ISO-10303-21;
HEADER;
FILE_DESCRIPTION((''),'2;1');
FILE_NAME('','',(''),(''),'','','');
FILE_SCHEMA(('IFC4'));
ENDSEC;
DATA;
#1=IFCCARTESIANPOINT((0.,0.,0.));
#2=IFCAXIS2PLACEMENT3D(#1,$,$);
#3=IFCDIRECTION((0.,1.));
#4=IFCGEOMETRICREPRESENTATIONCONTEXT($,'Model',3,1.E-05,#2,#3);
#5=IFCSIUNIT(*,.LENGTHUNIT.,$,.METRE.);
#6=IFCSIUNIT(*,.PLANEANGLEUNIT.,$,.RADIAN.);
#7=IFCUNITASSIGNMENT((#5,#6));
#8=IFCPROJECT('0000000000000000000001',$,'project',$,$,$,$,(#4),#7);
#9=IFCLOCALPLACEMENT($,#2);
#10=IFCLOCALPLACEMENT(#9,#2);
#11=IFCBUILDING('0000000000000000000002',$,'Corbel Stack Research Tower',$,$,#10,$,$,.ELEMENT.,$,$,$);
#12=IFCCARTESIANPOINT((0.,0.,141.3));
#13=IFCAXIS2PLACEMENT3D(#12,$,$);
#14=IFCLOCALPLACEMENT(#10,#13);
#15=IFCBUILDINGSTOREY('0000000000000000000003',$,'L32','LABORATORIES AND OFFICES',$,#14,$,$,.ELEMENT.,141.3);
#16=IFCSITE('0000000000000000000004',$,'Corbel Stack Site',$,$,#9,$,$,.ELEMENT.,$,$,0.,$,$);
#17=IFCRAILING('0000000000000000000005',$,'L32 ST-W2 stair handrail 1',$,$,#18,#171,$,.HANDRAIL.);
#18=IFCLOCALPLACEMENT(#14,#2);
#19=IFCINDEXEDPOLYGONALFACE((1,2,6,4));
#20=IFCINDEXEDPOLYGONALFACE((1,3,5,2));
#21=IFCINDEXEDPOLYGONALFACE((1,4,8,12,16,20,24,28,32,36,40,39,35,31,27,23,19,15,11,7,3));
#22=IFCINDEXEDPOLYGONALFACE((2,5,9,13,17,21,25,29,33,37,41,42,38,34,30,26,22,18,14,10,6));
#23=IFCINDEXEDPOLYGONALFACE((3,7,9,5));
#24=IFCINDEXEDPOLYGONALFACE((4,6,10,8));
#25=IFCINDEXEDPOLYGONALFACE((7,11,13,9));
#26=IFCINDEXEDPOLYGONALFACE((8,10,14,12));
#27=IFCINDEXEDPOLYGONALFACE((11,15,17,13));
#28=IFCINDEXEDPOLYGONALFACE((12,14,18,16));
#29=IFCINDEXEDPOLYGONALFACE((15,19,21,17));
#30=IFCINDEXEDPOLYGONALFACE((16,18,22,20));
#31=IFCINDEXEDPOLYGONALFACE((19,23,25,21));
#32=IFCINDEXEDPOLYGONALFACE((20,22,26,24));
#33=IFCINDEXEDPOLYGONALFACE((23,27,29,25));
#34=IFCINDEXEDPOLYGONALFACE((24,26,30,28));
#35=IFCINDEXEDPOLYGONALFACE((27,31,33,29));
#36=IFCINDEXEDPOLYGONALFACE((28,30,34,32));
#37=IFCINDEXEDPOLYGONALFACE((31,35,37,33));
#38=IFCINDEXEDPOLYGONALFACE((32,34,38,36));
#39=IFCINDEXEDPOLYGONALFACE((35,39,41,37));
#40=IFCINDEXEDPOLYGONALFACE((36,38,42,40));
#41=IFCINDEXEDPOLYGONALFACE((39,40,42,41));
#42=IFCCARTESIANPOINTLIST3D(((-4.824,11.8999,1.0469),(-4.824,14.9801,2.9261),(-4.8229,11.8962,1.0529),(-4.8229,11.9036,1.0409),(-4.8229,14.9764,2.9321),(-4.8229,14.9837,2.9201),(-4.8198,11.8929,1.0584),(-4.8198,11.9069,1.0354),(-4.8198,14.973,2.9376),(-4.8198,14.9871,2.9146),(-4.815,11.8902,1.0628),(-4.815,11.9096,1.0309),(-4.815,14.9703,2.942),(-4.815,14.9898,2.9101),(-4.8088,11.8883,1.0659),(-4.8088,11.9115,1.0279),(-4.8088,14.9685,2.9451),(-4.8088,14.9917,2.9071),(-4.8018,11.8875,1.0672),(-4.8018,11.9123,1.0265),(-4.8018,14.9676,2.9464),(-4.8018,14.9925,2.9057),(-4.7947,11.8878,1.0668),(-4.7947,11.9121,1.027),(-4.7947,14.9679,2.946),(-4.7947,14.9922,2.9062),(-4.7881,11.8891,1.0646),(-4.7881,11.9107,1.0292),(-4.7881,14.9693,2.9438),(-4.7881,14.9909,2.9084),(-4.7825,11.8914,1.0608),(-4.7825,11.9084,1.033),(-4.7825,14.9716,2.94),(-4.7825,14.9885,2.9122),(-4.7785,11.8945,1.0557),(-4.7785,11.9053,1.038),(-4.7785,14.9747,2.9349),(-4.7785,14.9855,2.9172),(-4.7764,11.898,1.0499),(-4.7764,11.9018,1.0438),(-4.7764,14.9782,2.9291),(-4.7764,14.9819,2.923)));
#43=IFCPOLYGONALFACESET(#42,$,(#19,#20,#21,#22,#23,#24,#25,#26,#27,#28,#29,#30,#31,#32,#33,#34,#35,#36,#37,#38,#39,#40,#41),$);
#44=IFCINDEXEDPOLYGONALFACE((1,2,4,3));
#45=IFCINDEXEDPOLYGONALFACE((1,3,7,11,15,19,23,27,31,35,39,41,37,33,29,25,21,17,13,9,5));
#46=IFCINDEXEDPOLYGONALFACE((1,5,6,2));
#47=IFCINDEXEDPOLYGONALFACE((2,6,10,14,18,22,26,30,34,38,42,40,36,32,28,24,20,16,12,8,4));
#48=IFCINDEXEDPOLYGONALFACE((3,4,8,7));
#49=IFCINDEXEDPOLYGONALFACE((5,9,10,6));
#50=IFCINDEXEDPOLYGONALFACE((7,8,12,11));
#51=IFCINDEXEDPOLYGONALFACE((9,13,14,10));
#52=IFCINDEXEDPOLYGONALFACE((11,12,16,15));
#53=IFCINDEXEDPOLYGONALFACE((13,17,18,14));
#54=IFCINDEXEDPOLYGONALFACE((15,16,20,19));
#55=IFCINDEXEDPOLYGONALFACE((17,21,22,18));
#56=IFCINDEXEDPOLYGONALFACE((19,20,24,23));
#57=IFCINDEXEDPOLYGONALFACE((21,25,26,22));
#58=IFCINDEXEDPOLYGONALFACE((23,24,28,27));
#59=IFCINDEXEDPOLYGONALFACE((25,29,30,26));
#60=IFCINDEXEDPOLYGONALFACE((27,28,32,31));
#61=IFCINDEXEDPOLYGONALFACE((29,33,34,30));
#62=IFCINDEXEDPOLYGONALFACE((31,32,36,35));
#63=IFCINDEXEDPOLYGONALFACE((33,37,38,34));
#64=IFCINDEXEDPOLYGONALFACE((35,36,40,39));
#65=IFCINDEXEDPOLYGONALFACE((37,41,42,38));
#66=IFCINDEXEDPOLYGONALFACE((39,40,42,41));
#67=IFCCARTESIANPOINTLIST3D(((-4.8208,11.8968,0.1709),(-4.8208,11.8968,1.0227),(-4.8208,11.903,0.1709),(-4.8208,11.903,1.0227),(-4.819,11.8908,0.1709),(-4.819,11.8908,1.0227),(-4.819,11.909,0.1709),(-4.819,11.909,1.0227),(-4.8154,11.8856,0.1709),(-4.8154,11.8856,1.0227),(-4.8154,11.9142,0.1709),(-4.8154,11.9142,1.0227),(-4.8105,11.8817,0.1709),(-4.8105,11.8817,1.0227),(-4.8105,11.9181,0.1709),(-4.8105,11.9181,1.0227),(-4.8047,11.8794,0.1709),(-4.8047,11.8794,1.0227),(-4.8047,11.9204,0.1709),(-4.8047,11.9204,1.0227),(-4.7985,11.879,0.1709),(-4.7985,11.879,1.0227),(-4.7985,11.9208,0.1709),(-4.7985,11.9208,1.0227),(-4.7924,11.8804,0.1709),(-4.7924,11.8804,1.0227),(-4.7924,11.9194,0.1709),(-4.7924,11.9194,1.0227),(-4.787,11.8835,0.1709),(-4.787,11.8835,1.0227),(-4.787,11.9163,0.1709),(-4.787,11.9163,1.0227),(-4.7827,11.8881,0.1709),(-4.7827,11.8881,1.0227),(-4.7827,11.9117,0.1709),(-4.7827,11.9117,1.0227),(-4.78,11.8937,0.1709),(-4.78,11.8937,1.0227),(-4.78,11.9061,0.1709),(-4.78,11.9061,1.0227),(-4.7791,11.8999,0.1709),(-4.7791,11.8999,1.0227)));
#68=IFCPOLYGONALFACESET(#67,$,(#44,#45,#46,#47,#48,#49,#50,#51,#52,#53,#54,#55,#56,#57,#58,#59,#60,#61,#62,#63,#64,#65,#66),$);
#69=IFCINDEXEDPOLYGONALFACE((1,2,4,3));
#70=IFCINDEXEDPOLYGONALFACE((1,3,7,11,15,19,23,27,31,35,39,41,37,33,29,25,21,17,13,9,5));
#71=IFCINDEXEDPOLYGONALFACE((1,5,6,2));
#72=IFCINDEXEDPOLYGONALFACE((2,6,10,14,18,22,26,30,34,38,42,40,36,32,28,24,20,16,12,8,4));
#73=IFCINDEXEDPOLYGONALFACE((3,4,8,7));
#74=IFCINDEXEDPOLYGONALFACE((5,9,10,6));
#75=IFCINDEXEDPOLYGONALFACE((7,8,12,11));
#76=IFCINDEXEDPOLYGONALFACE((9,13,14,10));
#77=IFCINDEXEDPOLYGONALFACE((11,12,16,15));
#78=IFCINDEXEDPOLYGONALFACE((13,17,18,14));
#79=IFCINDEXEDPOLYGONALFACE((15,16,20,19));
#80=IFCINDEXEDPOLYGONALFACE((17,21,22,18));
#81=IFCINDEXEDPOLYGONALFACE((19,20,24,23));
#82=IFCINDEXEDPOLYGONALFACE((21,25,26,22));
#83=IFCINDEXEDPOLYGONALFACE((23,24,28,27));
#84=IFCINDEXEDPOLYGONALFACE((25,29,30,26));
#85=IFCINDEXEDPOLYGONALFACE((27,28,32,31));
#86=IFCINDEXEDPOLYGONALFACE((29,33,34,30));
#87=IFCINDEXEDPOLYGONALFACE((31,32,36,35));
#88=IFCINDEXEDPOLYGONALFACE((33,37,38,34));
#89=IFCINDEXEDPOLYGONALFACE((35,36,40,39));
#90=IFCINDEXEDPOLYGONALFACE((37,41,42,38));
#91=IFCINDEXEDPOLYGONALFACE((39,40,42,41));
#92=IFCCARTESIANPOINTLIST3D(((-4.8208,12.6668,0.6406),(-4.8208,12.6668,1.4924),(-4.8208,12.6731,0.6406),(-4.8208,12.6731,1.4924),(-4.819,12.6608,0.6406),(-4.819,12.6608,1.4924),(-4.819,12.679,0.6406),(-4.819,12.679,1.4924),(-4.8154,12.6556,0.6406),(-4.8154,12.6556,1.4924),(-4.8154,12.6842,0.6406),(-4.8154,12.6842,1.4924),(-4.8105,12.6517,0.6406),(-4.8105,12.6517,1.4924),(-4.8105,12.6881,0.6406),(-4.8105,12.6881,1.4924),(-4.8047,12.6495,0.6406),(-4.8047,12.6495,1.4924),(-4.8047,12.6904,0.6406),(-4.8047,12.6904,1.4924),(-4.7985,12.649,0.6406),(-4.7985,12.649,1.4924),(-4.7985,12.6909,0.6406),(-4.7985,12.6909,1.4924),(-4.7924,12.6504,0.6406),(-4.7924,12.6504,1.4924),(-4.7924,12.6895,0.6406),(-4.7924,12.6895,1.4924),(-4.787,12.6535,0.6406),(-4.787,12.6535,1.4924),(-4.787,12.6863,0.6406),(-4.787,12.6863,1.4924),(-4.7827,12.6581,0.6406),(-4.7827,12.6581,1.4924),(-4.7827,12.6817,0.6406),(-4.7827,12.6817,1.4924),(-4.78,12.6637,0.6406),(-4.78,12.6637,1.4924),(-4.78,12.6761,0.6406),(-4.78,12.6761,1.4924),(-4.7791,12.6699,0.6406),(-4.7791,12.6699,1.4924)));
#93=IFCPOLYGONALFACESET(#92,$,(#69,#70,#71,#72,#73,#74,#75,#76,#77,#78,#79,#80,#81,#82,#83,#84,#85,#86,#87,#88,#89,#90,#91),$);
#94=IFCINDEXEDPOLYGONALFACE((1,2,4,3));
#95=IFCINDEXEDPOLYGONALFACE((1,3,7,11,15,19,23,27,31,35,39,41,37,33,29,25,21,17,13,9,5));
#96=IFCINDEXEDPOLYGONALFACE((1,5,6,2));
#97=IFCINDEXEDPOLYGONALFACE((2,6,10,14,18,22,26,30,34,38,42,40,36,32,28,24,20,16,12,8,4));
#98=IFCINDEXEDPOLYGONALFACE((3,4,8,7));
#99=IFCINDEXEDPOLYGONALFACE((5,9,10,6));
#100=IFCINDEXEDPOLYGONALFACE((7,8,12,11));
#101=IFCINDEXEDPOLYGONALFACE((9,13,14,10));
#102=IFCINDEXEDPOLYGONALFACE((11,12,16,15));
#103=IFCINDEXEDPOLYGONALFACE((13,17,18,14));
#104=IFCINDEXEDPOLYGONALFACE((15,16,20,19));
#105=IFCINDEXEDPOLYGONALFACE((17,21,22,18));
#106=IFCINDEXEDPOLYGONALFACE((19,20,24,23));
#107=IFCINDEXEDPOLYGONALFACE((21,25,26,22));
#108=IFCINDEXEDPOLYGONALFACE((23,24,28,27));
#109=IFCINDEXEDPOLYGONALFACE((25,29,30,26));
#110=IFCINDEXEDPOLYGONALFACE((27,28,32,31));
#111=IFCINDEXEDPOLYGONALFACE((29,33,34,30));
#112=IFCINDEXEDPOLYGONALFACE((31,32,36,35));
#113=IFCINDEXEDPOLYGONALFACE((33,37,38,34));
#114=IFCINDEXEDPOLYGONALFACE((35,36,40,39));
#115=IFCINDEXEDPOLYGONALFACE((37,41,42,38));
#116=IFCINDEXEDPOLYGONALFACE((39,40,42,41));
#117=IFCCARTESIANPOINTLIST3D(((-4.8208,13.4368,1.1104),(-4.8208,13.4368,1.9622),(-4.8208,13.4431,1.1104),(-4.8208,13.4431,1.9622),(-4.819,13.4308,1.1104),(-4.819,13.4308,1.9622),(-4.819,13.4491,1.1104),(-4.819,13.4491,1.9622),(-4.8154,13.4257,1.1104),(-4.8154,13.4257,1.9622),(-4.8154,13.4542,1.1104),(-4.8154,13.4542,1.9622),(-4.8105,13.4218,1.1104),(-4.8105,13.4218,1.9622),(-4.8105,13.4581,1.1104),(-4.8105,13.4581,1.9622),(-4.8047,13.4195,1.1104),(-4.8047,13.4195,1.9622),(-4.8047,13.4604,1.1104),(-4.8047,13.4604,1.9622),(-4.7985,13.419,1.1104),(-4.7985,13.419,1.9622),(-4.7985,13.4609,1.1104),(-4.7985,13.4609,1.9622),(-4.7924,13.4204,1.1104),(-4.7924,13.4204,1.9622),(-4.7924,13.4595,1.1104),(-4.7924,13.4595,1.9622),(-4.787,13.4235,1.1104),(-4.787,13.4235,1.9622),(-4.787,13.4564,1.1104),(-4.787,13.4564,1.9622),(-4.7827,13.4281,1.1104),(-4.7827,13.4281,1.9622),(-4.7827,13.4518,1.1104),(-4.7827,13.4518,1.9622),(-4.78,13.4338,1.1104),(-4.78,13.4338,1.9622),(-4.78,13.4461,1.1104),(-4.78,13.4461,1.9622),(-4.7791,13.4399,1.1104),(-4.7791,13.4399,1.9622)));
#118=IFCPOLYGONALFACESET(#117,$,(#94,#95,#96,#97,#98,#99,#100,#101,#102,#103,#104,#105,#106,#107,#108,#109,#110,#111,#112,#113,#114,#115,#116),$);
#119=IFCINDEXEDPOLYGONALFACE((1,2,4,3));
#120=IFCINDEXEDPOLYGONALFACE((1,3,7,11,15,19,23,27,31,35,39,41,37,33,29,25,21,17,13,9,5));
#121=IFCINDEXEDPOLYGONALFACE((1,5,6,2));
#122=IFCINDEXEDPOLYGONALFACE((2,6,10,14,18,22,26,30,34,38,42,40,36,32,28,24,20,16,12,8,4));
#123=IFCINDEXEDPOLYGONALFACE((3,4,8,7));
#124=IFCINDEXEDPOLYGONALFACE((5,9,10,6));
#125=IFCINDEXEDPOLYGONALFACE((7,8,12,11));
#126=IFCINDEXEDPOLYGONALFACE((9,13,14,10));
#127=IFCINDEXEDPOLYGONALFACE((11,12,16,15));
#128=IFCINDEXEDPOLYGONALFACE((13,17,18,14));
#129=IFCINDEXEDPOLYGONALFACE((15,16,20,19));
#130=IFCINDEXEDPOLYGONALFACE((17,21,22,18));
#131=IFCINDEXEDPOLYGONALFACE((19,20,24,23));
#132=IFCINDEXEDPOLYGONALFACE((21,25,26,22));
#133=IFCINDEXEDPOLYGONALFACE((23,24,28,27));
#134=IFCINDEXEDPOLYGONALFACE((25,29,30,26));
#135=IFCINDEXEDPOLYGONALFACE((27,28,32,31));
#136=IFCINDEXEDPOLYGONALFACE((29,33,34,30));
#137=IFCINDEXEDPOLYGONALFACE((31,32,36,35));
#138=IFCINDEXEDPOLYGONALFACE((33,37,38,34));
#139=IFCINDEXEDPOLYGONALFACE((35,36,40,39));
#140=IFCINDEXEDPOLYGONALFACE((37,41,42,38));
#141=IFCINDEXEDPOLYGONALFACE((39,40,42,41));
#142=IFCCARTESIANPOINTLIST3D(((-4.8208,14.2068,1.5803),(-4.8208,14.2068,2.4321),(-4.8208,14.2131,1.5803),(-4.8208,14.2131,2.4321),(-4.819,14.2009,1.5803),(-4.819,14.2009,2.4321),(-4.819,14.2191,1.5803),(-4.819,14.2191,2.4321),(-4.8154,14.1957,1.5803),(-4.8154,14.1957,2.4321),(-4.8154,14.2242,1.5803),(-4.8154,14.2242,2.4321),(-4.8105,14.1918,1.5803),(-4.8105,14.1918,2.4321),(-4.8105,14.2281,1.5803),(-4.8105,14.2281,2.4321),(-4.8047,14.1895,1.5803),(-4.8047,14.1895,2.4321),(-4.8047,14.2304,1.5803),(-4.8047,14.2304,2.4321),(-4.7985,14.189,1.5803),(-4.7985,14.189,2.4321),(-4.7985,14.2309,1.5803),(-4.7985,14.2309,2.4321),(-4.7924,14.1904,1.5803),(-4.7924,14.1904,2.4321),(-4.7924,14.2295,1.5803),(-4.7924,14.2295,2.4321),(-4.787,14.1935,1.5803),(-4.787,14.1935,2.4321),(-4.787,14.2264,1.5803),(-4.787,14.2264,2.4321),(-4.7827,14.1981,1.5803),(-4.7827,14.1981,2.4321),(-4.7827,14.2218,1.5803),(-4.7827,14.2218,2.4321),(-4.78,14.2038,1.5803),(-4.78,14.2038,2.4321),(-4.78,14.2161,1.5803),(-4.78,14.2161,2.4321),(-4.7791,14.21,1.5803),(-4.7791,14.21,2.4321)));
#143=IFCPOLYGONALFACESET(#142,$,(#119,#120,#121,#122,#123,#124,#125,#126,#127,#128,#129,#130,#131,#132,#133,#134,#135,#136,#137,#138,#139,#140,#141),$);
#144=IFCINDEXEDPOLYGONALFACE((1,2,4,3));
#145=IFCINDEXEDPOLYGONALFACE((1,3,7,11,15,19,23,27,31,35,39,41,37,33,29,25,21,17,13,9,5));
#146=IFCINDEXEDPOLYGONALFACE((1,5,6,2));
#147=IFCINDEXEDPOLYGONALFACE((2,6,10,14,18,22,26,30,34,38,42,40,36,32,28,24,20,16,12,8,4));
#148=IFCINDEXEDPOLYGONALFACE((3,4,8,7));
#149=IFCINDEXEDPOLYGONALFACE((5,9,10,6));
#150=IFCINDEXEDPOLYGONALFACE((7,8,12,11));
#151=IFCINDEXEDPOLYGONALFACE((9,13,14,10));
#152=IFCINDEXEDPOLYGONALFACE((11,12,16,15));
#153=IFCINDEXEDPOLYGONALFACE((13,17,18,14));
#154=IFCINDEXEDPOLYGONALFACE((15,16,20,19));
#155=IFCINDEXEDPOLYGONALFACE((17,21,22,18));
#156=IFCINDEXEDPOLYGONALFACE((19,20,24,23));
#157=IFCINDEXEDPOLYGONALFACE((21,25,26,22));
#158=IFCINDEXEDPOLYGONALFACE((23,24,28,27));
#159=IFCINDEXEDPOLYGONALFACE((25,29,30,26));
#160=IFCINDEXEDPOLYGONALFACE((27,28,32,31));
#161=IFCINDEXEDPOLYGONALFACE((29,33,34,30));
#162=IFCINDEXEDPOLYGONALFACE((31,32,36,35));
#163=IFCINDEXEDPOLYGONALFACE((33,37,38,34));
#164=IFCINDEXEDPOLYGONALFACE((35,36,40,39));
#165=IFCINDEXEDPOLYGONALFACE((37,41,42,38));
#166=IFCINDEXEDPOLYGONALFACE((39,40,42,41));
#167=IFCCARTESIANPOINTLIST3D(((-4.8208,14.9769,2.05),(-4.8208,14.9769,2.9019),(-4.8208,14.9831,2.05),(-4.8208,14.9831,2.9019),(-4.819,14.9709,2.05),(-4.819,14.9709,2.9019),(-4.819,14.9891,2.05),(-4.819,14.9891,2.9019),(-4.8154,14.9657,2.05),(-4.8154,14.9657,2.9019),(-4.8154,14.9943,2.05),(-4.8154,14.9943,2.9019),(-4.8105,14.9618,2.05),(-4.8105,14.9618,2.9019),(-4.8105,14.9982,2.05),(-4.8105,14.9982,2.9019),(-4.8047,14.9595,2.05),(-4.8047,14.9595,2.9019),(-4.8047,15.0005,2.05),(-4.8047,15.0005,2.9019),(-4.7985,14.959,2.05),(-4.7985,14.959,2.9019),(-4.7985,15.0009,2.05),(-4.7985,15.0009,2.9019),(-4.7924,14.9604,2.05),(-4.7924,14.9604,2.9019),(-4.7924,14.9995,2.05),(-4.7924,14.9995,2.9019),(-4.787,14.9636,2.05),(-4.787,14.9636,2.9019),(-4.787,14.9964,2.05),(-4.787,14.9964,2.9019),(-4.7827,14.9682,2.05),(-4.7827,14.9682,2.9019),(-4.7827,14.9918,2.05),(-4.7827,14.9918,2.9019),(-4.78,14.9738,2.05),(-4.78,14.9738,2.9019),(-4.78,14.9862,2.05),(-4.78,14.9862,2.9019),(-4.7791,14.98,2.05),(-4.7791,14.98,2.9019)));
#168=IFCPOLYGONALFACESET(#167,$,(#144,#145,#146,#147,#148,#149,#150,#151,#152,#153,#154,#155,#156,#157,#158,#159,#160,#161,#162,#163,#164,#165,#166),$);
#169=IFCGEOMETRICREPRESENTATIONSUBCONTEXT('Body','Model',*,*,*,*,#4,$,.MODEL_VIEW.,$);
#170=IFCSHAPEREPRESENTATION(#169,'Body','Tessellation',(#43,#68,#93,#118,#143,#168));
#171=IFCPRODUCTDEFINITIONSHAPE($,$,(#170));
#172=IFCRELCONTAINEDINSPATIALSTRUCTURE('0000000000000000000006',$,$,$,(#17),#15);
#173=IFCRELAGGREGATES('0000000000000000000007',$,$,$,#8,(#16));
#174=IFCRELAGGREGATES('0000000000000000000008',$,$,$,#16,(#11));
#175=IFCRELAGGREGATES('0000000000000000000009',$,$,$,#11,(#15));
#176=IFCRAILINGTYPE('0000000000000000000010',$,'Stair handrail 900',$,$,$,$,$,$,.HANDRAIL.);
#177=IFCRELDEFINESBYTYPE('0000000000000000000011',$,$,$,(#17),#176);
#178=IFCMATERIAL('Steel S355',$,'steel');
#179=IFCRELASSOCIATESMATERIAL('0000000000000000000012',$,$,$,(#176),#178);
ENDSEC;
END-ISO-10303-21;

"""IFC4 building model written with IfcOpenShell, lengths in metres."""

from ifc_helpers import new_model, si_unit, direction, frame, origin, origin_2d, place, context, subcontext, project, spatial, circle, extrude, material, type_object, element, save


model = new_model("IFC4")

# Units and contexts
model_context = context("Model", 3, precision=1e-05, world=origin(), true_north=direction((0.0, 1.0)))
body_context = subcontext(model_context, "Body", "Model", "MODEL_VIEW")
ifc_project = project(units=[si_unit("LENGTHUNIT", "METRE"), si_unit("PLANEANGLEUNIT", "RADIAN")], contexts=[model_context])

# Site, building, storey
site_placement = place(None, origin())
site = spatial("IfcSite", under=ifc_project, at=site_placement, Name="Corbel Stack Site", CompositionType="ELEMENT", RefElevation=0.0)
building_placement = place(site_placement, origin())
building = spatial("IfcBuilding", under=site, at=building_placement, Name="Corbel Stack Research Tower", CompositionType="ELEMENT")
storey_placement = place(building_placement, frame((0.0, 0.0, 141.3)))
storey = spatial("IfcBuildingStorey", under=building, at=storey_placement, Name="L32", Description="LABORATORIES AND OFFICES", CompositionType="ELEMENT", Elevation=141.3)

# Railing
ifc_material_1 = material(Name="Steel S355", Category="steel")
railing_type_1 = type_object("IfcRailingType", Name="Stair handrail 900", PredefinedType="HANDRAIL", material=ifc_material_1)
railing_1_placement = place(storey_placement, frame((-4.8, 11.8999, 0.1709)))
element("IfcRailing", 1, at=railing_1_placement, inside=storey, type_object=railing_type_1, Name="L32 ST-W2 stair handrail 1", PredefinedType="HANDRAIL", context=body_context, shape_type="SweptSolid", body=[
    extrude(circle(Radius=0.0239, at=origin_2d()), frame((0.0, 0.0, 0.876), z_axis=(0.0, 0.853666, 0.52082), x_axis=(-1.0, 0.0, 0.0)), (0.0, 0.0, 1.0), 3.6082),
    extrude(circle(Radius=0.021, at=origin_2d()), origin(), (0.0, 0.0, 1.0), 0.8518),
    extrude(circle(Radius=0.021, at=origin_2d()), frame((0.0, 0.77, 0.4697)), (0.0, 0.0, 1.0), 0.8518),
    extrude(circle(Radius=0.021, at=origin_2d()), frame((0.0, 1.54, 0.9395)), (0.0, 0.0, 1.0), 0.8518),
    extrude(circle(Radius=0.021, at=origin_2d()), frame((0.0, 2.3101, 1.4094)), (0.0, 0.0, 1.0), 0.8518),
    extrude(circle(Radius=0.021, at=origin_2d()), frame((0.0, 3.0801, 1.8792)), (0.0, 0.0, 1.0), 0.8518),
])

save(model, "model.ifc")
